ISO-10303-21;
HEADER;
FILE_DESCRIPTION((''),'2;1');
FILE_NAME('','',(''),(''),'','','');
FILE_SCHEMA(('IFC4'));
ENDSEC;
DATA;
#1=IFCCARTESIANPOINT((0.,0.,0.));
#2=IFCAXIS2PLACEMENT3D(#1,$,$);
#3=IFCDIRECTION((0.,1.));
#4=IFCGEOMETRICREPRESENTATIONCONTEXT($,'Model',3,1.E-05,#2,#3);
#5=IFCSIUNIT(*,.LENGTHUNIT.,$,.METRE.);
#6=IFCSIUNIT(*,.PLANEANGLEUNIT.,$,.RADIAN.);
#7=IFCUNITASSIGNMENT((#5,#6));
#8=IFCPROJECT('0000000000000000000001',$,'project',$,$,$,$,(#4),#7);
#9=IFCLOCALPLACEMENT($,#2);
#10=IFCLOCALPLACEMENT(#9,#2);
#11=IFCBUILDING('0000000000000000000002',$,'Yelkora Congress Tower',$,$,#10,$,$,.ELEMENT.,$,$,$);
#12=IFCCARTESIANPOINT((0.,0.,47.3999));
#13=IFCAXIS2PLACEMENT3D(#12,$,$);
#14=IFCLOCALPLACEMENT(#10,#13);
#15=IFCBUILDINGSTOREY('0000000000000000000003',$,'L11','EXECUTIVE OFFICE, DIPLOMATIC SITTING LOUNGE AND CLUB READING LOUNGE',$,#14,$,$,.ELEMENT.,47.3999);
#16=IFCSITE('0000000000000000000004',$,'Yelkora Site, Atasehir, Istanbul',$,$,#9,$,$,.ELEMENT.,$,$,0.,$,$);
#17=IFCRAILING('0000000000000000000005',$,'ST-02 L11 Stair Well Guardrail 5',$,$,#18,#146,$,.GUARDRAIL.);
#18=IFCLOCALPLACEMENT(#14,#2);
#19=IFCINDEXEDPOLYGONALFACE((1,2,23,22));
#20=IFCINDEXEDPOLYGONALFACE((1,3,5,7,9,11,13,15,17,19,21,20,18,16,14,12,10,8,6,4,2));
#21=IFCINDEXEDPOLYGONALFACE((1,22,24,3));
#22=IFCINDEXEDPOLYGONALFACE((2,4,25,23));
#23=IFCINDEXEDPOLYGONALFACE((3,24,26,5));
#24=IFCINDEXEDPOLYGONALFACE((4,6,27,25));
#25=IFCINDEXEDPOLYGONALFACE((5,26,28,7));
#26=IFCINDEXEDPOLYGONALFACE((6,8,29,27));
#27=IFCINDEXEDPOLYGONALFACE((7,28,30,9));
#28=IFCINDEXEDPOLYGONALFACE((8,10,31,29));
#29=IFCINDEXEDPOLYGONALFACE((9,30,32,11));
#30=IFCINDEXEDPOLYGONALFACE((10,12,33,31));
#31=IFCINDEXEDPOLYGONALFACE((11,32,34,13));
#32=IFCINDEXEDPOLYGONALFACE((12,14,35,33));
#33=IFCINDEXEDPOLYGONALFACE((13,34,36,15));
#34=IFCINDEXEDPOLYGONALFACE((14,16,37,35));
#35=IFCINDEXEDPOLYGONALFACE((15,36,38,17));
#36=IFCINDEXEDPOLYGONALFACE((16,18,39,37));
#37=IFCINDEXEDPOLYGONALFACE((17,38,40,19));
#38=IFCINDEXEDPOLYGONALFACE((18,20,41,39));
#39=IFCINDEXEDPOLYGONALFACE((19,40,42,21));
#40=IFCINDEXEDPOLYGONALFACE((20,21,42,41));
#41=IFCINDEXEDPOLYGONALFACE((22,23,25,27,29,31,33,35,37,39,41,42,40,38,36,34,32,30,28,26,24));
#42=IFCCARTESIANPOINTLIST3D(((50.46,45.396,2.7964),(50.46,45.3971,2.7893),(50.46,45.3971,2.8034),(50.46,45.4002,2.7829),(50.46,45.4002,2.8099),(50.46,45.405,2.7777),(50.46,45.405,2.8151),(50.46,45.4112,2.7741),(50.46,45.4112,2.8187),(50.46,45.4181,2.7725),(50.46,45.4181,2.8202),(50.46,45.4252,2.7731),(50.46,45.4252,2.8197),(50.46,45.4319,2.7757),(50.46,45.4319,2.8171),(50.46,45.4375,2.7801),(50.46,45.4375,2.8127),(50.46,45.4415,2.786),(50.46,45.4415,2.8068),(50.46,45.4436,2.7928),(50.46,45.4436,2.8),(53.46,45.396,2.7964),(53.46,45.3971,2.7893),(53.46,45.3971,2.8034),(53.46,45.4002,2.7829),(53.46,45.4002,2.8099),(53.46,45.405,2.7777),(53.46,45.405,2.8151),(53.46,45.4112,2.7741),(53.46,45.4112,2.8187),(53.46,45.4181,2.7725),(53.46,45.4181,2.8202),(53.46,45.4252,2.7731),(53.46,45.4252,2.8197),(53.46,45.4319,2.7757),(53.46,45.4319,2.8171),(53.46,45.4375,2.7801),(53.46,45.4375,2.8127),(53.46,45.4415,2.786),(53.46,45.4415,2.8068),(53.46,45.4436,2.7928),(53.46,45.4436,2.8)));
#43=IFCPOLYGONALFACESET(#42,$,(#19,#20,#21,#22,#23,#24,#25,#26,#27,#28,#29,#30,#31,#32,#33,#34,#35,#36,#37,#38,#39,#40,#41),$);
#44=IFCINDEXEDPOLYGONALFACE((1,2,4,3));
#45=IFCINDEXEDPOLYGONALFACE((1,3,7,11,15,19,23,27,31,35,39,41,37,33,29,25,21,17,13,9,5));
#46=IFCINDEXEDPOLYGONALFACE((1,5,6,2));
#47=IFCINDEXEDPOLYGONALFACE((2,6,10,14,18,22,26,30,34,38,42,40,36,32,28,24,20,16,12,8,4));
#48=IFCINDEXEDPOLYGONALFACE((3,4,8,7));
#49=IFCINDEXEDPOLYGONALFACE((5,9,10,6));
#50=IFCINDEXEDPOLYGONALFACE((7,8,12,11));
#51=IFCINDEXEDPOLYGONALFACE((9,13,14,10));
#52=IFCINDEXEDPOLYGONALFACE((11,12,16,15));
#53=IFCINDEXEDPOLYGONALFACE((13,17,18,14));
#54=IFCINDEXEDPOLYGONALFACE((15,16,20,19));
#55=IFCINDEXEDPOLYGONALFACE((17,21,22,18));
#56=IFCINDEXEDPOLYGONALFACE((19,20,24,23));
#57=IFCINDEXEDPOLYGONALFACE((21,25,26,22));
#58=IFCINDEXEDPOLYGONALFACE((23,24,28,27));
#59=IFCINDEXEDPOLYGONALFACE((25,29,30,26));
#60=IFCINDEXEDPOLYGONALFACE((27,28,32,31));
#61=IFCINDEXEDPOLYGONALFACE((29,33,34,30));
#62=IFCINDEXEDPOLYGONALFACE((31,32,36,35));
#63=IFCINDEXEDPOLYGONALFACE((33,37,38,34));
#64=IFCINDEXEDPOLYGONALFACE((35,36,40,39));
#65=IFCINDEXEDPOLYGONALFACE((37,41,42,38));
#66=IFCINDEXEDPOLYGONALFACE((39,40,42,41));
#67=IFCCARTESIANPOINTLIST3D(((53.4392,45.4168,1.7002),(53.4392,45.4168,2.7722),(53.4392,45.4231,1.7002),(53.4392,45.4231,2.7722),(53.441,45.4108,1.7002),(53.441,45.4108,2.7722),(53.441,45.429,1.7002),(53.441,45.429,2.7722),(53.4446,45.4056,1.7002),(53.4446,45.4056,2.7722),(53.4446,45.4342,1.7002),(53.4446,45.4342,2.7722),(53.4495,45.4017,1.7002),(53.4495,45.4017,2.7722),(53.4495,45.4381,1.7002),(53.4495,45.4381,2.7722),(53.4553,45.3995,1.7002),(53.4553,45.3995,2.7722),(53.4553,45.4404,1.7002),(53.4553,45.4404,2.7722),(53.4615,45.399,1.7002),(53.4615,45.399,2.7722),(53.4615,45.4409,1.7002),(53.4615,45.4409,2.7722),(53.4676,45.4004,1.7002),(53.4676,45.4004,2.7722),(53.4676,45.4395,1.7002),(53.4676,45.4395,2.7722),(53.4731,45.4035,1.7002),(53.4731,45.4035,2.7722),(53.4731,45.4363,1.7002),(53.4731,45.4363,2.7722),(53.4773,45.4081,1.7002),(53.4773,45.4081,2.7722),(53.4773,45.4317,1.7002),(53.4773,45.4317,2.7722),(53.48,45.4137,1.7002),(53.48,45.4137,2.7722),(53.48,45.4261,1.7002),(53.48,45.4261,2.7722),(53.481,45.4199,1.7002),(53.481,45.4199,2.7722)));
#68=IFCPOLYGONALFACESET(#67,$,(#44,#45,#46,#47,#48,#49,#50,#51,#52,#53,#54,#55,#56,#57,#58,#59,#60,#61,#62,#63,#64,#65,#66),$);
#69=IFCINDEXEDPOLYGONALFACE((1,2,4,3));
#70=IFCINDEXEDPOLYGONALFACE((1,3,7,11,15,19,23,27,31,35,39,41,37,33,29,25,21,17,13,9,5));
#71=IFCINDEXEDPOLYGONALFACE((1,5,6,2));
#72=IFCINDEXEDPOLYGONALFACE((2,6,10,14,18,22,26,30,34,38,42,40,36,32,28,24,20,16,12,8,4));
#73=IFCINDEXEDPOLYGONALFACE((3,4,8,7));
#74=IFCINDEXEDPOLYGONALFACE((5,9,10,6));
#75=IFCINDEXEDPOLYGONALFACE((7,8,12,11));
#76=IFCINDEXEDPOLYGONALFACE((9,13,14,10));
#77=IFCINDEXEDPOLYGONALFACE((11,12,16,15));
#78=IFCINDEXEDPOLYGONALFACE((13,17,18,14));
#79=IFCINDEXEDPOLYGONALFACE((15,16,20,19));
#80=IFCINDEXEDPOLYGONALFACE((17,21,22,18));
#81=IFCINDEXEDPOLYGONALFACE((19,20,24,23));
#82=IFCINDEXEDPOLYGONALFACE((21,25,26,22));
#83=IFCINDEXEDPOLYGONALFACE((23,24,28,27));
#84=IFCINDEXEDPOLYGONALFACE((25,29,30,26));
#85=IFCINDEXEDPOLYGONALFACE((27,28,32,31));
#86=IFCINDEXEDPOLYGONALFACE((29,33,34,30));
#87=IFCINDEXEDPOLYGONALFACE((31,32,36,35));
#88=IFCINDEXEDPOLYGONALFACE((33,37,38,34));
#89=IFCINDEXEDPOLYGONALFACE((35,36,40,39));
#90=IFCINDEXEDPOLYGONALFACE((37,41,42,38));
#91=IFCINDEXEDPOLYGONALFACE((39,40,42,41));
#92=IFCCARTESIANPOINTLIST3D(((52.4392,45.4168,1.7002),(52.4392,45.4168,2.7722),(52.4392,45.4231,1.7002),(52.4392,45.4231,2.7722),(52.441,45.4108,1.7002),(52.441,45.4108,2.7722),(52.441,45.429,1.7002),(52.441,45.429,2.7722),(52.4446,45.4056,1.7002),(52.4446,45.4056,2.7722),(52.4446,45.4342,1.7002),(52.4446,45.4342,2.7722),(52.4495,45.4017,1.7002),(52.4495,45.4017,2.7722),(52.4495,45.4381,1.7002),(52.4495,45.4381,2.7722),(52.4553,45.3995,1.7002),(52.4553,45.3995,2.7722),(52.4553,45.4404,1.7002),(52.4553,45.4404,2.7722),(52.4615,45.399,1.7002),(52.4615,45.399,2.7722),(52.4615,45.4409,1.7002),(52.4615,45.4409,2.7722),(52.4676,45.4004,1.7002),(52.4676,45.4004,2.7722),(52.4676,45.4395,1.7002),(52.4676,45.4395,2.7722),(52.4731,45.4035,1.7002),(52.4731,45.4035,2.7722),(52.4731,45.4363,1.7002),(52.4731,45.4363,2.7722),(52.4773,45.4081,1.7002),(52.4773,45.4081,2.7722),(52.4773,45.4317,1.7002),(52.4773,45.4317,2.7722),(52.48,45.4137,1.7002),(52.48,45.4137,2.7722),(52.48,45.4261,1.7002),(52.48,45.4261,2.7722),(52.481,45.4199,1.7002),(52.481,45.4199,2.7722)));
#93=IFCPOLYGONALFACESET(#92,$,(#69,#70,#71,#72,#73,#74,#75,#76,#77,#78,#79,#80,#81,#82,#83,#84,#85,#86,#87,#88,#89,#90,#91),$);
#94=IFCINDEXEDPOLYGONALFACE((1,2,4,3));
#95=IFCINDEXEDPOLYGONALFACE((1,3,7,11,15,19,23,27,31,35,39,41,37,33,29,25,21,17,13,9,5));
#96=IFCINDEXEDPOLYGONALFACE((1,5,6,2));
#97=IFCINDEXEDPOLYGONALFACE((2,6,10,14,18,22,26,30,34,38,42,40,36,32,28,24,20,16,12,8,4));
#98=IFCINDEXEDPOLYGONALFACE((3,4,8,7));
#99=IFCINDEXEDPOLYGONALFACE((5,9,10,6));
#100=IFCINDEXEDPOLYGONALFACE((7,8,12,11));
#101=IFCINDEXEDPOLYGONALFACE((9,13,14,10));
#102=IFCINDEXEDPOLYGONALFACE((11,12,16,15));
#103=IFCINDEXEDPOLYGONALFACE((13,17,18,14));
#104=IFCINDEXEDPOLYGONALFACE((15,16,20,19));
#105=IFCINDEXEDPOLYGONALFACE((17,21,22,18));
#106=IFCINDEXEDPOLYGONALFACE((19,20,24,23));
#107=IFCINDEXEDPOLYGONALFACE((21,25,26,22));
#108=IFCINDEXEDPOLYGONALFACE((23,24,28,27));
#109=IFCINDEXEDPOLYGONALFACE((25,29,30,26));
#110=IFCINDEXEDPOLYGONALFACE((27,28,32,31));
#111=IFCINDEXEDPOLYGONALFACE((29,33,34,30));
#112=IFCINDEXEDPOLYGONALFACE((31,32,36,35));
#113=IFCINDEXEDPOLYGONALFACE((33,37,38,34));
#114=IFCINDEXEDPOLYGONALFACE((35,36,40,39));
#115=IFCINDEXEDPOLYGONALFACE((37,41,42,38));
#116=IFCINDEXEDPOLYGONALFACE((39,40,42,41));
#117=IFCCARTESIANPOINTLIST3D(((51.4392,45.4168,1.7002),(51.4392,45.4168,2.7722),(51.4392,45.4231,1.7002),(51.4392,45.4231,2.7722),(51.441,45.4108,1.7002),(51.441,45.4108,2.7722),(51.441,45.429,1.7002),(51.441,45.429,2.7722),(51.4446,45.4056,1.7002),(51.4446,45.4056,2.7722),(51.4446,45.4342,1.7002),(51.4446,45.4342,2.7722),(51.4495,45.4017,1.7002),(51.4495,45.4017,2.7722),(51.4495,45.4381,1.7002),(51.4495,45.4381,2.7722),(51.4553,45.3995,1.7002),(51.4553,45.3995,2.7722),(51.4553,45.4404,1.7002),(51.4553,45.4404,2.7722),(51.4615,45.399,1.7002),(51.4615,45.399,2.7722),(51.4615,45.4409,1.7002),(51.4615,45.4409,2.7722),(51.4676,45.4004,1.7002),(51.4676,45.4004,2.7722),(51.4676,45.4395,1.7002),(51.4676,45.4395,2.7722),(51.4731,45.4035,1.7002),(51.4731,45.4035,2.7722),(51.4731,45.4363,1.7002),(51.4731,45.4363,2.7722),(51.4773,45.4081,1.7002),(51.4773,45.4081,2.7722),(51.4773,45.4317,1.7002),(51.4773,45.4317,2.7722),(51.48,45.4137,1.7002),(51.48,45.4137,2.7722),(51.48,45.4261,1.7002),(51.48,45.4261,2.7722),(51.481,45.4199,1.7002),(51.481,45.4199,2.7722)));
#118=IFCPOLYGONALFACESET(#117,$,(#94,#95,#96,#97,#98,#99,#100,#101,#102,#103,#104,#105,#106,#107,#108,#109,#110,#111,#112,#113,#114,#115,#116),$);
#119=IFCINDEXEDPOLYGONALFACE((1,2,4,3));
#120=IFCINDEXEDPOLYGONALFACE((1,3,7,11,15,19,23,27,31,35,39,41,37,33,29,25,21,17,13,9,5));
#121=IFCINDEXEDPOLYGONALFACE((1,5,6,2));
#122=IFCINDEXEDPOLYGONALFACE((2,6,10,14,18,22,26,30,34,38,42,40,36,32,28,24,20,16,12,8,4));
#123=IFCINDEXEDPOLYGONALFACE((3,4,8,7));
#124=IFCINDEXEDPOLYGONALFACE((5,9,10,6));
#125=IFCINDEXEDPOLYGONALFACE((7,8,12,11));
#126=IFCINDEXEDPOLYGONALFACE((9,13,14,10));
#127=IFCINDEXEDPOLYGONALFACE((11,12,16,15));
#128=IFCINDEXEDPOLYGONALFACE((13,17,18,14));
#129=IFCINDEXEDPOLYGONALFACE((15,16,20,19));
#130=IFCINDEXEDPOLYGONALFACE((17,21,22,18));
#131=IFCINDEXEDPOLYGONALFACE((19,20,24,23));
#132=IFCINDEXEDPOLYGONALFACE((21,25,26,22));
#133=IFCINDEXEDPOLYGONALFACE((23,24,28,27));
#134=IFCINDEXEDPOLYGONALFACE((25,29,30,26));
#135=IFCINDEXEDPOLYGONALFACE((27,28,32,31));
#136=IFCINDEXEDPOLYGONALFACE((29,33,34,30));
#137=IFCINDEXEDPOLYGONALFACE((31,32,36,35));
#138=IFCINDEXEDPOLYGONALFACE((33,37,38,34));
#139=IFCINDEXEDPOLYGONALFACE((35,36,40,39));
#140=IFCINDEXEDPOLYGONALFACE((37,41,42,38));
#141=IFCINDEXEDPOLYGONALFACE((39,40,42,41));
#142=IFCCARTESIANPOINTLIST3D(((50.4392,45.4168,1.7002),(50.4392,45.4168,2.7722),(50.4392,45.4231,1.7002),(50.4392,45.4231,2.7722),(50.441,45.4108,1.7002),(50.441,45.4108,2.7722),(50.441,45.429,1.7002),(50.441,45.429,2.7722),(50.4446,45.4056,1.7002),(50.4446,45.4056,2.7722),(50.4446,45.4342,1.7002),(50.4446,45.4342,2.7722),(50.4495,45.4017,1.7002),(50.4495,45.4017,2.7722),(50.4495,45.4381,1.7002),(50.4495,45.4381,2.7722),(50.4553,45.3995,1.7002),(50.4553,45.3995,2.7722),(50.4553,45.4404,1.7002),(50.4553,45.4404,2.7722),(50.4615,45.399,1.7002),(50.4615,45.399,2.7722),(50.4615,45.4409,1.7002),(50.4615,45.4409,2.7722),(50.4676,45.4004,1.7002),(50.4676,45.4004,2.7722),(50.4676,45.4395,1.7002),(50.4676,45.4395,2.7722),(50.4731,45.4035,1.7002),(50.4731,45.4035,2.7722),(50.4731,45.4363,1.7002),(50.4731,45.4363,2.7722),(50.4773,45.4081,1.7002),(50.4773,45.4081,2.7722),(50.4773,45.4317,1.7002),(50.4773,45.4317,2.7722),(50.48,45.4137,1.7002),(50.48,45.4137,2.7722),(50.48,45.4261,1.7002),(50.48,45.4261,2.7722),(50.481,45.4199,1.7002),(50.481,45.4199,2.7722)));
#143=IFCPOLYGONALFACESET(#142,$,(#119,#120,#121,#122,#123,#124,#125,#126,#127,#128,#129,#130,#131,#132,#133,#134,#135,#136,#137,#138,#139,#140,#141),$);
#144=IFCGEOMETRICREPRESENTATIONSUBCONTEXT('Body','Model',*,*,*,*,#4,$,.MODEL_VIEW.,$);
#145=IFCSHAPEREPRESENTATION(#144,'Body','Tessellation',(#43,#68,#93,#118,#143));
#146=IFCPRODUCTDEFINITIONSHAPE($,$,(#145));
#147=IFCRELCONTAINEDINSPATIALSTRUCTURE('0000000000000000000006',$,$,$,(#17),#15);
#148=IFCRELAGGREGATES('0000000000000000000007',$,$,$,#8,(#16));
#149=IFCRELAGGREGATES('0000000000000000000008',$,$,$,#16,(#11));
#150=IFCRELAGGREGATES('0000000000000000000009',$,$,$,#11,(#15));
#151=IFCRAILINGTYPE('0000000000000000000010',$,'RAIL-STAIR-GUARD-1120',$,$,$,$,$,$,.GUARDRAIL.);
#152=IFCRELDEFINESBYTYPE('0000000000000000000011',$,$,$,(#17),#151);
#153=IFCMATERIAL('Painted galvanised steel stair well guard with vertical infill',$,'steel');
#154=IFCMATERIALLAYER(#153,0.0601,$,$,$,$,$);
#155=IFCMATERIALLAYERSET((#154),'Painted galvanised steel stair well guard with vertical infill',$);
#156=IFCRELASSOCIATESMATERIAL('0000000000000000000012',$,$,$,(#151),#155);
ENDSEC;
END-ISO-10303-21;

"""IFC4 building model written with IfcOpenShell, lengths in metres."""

from ifc_helpers import new_model, si_unit, direction, frame, origin, origin_2d, place, context, subcontext, project, spatial, circle, extrude, material, layer, layer_set, type_object, element, save


model = new_model("IFC4")

# Units and contexts
model_context = context("Model", 3, precision=1e-05, world=origin(), true_north=direction((0.0, 1.0)))
body_context = subcontext(model_context, "Body", "Model", "MODEL_VIEW")
ifc_project = project(units=[si_unit("LENGTHUNIT", "METRE"), si_unit("PLANEANGLEUNIT", "RADIAN")], contexts=[model_context])

# Site, building, storey
site_placement = place(None, origin())
site = spatial("IfcSite", under=ifc_project, at=site_placement, Name="Yelkora Site, Atasehir, Istanbul", CompositionType="ELEMENT", RefElevation=0.0)
building_placement = place(site_placement, origin())
building = spatial("IfcBuilding", under=site, at=building_placement, Name="Yelkora Congress Tower", CompositionType="ELEMENT")
storey_placement = place(building_placement, frame((0.0, 0.0, 47.3999)))
storey = spatial("IfcBuildingStorey", under=building, at=storey_placement, Name="L11", Description="EXECUTIVE OFFICE, DIPLOMATIC SITTING LOUNGE AND CLUB READING LOUNGE", CompositionType="ELEMENT", Elevation=47.3999)

# Railing
ifc_material_1 = material(Name="Painted galvanised steel stair well guard with vertical infill", Category="steel")
ifc_layer_1 = layer(ifc_material_1, 0.0601)
ifc_layer_set_1 = layer_set([ifc_layer_1], Name="Painted galvanised steel stair well guard with vertical infill")
railing_type_1 = type_object("IfcRailingType", Name="RAIL-STAIR-GUARD-1120", PredefinedType="GUARDRAIL", material=ifc_layer_set_1)
railing_1_placement = place(storey_placement, frame((53.46, 45.4199, 1.7002)))
element("IfcRailing", 1, at=railing_1_placement, inside=storey, type_object=railing_type_1, Name="ST-02 L11 Stair Well Guardrail 5", PredefinedType="GUARDRAIL", context=body_context, shape_type="SweptSolid", body=[
    extrude(circle(Radius=0.0239, at=origin_2d()), frame((0.0, 0.0, 1.0962), z_axis=(-1.0, 0.0, 0.0), x_axis=(0.0, -1.0, 0.0)), (0.0, 0.0, 1.0), 3.0),
    extrude(circle(Radius=0.021, at=origin_2d()), origin(), (0.0, 0.0, 1.0), 1.072),
    extrude(circle(Radius=0.021, at=origin_2d()), frame((-1.0, 0.0, 0.0)), (0.0, 0.0, 1.0), 1.072),
    extrude(circle(Radius=0.021, at=origin_2d()), frame((-2.0, 0.0, 0.0)), (0.0, 0.0, 1.0), 1.072),
    extrude(circle(Radius=0.021, at=origin_2d()), frame((-3.0, 0.0, 0.0)), (0.0, 0.0, 1.0), 1.072),
])

save(model, "model.ifc")
